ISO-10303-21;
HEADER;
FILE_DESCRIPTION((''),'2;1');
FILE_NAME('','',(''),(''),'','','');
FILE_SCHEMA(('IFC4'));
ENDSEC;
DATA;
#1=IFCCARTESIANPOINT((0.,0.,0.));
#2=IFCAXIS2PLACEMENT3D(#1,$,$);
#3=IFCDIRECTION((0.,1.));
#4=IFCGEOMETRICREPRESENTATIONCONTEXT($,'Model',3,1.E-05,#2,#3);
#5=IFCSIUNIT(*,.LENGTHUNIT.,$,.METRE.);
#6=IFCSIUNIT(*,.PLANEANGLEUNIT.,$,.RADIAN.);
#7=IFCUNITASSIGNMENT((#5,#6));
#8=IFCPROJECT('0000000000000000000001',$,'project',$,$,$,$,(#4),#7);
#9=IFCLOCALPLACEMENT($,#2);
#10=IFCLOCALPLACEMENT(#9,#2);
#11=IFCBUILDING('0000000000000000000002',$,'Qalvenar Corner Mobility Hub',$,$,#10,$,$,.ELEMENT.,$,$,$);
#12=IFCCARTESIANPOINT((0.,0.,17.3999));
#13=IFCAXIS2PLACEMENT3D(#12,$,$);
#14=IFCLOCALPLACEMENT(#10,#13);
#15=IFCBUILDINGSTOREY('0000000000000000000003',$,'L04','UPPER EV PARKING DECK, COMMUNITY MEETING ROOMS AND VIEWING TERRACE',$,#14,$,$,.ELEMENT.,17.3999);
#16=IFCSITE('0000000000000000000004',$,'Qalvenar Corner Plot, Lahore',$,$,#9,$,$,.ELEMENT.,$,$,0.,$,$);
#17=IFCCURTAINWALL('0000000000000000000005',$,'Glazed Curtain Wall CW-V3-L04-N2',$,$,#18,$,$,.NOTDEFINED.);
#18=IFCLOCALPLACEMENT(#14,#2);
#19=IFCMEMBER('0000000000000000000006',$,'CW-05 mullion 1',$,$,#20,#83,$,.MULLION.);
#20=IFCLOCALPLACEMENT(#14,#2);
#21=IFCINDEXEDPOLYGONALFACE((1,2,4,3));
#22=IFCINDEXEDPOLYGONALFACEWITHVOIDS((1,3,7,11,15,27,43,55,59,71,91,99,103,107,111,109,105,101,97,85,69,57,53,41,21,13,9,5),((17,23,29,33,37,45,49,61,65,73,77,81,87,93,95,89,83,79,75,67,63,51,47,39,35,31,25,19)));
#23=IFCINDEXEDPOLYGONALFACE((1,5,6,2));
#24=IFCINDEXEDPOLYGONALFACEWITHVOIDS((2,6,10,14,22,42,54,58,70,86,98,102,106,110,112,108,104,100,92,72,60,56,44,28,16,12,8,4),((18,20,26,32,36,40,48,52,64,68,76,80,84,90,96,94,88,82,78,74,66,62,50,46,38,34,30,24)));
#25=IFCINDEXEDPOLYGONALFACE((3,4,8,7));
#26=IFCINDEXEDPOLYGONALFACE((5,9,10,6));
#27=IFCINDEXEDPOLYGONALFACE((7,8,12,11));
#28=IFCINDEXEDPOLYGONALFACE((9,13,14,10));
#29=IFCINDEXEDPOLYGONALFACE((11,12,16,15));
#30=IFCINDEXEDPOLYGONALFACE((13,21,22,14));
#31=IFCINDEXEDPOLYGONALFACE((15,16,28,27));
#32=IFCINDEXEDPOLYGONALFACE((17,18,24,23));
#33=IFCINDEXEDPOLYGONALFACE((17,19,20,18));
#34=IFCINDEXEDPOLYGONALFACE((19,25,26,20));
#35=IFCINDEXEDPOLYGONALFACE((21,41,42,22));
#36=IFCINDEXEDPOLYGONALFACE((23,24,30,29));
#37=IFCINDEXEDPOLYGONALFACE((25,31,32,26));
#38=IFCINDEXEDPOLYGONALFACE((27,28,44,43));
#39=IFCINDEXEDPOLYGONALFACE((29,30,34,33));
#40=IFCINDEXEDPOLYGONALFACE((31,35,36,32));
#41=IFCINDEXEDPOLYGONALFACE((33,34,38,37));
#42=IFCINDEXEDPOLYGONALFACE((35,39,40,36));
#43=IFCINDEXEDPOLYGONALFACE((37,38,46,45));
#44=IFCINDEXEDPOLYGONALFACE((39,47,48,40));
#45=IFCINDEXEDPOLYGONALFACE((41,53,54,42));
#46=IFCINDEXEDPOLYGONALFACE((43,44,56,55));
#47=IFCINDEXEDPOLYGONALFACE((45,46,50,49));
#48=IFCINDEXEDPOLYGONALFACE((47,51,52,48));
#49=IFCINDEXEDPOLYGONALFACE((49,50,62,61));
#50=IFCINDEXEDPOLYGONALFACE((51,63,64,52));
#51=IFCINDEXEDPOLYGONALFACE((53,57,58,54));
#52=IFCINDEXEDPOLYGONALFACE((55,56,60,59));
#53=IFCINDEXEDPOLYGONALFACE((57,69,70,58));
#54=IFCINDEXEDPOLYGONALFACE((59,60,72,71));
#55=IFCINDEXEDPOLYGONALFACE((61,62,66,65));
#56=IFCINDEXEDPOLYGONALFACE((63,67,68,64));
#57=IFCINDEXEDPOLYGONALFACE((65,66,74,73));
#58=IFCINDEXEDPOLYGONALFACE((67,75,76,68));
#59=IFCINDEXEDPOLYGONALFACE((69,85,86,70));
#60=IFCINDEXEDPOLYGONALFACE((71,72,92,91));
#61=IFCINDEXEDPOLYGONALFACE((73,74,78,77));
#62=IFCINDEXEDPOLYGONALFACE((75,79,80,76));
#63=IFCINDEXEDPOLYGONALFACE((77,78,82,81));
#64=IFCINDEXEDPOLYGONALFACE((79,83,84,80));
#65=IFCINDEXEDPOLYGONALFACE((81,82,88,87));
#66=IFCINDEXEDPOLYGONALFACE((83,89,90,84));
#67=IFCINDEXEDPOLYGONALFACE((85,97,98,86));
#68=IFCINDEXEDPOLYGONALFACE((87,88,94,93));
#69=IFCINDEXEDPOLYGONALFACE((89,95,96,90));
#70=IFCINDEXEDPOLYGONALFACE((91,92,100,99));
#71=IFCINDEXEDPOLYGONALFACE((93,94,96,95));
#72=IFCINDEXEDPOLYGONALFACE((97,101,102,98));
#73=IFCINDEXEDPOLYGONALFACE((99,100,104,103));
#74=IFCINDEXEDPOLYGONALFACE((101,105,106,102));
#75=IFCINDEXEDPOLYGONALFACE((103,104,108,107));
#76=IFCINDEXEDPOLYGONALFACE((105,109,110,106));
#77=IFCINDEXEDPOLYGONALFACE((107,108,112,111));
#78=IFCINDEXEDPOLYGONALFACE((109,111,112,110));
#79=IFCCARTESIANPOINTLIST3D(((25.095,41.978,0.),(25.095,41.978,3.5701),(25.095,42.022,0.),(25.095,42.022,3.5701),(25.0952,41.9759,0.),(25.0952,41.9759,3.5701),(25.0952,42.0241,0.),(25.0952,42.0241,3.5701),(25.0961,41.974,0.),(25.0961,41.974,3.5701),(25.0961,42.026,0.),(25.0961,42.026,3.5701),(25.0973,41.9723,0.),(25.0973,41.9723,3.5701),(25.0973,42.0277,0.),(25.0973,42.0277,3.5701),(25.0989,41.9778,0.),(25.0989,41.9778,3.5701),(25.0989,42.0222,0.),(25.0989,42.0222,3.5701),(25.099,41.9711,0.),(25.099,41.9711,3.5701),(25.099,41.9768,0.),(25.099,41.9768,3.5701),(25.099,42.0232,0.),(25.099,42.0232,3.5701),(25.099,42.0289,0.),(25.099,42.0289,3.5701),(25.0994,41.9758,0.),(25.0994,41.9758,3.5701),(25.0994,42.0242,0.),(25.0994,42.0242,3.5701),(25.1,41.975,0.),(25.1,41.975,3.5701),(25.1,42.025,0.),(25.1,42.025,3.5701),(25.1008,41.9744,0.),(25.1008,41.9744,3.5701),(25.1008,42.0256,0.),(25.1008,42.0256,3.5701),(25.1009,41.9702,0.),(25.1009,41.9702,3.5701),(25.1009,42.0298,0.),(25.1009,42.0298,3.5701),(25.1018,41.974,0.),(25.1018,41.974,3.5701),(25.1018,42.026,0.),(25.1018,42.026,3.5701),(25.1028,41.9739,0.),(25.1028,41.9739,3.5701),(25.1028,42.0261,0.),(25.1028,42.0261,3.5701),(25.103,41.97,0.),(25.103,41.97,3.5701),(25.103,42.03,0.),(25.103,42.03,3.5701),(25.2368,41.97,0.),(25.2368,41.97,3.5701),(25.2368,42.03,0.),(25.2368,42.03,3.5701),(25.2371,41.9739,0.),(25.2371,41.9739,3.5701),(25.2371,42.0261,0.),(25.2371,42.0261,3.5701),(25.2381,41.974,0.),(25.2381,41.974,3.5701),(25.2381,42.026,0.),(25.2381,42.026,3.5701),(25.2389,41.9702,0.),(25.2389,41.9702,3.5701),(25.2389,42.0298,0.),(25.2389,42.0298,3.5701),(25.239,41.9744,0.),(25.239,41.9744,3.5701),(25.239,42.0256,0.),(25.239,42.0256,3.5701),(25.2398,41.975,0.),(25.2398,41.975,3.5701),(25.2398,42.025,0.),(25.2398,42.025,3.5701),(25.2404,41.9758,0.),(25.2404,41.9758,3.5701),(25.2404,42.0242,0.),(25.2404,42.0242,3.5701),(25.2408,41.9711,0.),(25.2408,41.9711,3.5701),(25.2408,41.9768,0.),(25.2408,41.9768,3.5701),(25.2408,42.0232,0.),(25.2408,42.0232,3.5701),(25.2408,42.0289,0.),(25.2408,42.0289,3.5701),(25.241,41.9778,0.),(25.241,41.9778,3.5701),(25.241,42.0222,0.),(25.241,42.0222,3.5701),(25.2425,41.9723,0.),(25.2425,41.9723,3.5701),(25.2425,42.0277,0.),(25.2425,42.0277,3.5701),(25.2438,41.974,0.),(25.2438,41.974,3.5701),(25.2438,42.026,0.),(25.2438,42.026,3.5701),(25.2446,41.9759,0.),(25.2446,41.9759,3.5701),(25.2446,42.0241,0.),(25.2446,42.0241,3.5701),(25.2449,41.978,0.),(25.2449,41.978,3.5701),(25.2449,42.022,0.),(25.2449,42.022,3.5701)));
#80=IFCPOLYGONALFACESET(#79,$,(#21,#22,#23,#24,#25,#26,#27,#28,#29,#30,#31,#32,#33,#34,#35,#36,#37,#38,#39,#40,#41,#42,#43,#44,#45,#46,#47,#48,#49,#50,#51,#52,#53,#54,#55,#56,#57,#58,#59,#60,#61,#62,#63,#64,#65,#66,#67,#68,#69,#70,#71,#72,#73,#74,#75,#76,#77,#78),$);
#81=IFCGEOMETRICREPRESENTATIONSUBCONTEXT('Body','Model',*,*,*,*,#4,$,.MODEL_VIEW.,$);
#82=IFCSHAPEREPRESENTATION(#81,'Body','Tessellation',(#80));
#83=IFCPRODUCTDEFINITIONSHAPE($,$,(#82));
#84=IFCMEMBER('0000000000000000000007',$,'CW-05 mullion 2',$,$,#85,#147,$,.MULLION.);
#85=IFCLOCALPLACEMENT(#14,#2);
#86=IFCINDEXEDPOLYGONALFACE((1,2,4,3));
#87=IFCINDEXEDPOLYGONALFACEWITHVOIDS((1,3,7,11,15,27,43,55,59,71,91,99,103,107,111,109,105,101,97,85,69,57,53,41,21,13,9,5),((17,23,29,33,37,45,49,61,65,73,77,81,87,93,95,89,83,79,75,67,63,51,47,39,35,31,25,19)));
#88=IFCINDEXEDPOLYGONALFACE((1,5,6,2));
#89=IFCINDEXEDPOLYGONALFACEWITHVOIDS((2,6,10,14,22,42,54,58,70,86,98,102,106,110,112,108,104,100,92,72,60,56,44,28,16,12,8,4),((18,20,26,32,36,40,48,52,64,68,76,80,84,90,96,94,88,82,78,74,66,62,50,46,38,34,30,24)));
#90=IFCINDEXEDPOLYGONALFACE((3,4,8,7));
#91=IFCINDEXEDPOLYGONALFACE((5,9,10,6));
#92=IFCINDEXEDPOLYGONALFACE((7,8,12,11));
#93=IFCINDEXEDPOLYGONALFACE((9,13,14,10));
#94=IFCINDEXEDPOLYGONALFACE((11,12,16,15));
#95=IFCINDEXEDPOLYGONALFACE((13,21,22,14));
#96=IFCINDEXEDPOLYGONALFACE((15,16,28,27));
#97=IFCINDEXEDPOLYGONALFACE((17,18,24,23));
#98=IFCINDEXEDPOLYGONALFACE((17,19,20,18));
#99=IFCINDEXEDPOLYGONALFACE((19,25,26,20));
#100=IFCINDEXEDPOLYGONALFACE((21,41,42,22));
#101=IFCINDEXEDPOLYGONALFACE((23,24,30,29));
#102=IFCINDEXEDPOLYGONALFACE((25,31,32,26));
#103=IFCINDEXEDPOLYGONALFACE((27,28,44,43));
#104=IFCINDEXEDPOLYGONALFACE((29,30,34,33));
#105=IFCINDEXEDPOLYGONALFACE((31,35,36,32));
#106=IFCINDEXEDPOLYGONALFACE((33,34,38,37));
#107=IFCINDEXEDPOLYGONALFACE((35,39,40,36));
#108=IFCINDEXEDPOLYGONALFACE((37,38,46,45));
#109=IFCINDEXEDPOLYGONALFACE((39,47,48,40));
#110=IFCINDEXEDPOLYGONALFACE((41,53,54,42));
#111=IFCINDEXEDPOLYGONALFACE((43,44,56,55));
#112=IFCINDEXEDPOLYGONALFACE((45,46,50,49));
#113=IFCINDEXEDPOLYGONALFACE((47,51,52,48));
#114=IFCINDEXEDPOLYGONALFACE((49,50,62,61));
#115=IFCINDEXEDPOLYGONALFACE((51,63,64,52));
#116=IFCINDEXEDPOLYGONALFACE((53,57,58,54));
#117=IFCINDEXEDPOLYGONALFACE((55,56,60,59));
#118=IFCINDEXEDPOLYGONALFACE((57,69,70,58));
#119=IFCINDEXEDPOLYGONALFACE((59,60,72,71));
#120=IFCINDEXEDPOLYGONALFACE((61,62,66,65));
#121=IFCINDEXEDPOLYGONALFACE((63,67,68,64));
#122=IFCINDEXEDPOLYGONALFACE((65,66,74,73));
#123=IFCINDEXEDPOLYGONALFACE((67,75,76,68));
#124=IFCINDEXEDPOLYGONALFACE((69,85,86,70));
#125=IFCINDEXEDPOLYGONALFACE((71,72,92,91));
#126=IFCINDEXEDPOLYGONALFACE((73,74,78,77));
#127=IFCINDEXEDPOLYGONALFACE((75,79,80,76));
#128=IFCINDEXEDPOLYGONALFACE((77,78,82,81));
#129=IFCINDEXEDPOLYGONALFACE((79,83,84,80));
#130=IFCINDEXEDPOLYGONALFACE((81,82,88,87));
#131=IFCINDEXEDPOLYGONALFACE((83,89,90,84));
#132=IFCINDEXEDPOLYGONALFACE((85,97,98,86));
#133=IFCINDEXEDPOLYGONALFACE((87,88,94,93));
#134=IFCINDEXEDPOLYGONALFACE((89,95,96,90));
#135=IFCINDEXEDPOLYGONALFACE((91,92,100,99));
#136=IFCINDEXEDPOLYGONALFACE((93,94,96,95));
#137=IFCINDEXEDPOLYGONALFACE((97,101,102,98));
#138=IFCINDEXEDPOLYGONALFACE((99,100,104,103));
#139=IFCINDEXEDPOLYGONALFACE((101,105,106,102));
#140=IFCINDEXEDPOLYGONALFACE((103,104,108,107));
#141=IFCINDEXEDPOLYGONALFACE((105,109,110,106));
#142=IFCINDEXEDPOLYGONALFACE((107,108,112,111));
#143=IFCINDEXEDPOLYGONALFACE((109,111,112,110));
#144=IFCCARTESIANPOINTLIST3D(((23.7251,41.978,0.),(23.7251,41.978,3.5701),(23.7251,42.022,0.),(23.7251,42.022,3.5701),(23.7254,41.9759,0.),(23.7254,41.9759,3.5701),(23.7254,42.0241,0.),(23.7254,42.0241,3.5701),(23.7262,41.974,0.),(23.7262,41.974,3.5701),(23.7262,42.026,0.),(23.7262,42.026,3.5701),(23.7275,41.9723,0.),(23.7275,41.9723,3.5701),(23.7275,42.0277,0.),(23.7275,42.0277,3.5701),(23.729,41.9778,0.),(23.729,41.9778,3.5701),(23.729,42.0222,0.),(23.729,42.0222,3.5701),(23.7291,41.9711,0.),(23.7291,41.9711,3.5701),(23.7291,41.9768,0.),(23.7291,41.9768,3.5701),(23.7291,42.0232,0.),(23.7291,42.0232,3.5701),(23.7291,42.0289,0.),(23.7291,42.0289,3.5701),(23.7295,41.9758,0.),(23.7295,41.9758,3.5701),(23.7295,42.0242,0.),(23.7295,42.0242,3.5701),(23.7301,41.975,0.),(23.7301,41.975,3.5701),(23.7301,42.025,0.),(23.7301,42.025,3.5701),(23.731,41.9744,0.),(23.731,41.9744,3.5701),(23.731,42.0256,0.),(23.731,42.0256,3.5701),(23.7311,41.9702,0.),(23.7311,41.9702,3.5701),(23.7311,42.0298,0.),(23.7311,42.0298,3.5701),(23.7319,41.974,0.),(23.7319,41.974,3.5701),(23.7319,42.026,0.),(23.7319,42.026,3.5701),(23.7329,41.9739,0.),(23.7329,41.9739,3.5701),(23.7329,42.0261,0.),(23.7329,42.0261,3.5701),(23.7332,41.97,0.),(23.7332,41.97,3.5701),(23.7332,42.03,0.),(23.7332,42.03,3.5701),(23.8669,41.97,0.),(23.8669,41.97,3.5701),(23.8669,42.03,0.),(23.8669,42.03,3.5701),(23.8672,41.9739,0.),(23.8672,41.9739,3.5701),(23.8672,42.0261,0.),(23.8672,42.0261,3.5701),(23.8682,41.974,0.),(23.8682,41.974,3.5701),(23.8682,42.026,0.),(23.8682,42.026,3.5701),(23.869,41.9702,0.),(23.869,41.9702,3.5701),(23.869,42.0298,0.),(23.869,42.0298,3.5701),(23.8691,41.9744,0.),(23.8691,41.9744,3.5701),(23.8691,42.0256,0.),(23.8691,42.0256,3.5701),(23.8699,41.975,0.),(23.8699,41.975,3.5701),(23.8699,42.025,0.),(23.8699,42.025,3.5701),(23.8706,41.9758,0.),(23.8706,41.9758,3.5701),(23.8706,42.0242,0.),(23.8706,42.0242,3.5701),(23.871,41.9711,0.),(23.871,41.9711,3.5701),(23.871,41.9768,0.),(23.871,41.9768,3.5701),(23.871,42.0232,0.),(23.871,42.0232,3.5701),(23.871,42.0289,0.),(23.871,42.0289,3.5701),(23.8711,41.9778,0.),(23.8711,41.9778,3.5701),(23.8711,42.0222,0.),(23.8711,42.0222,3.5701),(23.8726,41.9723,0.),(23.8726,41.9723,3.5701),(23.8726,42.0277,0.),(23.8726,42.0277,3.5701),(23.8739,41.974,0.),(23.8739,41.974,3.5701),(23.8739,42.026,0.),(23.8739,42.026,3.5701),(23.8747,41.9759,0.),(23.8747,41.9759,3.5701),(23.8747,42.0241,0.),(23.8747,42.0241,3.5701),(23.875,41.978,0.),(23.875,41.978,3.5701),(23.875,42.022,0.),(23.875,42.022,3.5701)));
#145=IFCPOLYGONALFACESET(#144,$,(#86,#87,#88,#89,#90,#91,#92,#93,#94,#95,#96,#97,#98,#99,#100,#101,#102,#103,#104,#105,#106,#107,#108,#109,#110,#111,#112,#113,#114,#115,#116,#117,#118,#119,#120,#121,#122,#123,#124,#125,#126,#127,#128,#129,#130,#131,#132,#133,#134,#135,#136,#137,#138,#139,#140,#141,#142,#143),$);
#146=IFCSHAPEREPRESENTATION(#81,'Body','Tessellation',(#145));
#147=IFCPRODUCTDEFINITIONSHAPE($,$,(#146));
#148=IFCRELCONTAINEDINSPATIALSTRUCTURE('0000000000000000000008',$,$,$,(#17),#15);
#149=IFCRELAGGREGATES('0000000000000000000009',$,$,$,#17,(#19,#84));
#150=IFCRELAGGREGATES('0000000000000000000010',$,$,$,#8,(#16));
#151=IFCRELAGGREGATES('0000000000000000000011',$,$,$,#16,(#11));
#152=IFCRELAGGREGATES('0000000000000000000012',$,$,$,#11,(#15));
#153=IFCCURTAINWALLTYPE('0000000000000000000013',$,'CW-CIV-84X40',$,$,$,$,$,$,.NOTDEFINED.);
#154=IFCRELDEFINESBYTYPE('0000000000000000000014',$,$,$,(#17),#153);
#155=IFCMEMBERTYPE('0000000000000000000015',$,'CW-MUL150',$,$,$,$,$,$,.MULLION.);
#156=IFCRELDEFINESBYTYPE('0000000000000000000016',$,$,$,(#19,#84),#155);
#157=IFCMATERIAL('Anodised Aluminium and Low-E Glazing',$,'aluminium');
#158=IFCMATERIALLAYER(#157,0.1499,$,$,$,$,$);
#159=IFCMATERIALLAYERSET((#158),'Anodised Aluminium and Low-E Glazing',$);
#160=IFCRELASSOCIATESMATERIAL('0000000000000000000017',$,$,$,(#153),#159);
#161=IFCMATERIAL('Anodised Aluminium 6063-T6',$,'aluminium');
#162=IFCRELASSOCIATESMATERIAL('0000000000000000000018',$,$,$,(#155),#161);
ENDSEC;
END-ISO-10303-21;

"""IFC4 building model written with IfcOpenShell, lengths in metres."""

from ifc_helpers import new_model, si_unit, direction, frame, origin, origin_2d, place, context, subcontext, project, spatial, hollow_rectangle, extrude, material, layer, layer_set, material_profile, profile_set, type_object, element, aggregate, save


model = new_model("IFC4")

# Units and contexts
model_context = context("Model", 3, precision=1e-05, world=origin(), true_north=direction((0.0, 1.0)))
body_context = subcontext(model_context, "Body", "Model", "MODEL_VIEW")
ifc_project = project(units=[si_unit("LENGTHUNIT", "METRE"), si_unit("PLANEANGLEUNIT", "RADIAN")], contexts=[model_context])

# Site, building, storey
site_placement = place(None, origin())
site = spatial("IfcSite", under=ifc_project, at=site_placement, Name="Qalvenar Corner Plot, Lahore", CompositionType="ELEMENT", RefElevation=0.0)
building_placement = place(site_placement, origin())
building = spatial("IfcBuilding", under=site, at=building_placement, Name="Qalvenar Corner Mobility Hub", CompositionType="ELEMENT")
storey_placement = place(building_placement, frame((0.0, 0.0, 17.3999)))
storey = spatial("IfcBuildingStorey", under=building, at=storey_placement, Name="L04", Description="UPPER EV PARKING DECK, COMMUNITY MEETING ROOMS AND VIEWING TERRACE", CompositionType="ELEMENT", Elevation=17.3999)

# Curtain wall, members
ifc_material_1 = material(Name="Anodised Aluminium and Low-E Glazing", Category="aluminium")
ifc_layer_1 = layer(ifc_material_1, 0.1499)
ifc_layer_set_1 = layer_set([ifc_layer_1], Name="Anodised Aluminium and Low-E Glazing")
curtain_wall_type = type_object("IfcCurtainWallType", Name="CW-CIV-84X40", PredefinedType="NOTDEFINED", material=ifc_layer_set_1)
curtain_wall_1_placement = place(storey_placement, origin())
curtain_wall_1 = element("IfcCurtainWall", 1, at=curtain_wall_1_placement, inside=storey, type_object=curtain_wall_type, Name="Glazed Curtain Wall CW-V3-L04-N2", PredefinedType="NOTDEFINED")
ifc_material_2 = material(Name="Anodised Aluminium 6063-T6", Category="aluminium")
ifc_material_profile_1 = material_profile(ifc_material_2, hollow_rectangle(XDim=0.0601, YDim=0.1499, WallThickness=0.0039, InnerFilletRadius=0.0039, OuterFilletRadius=0.0081, at=origin_2d()), Name="RHS150x60x4")
ifc_profile_set_1 = profile_set([ifc_material_profile_1], Name="Anodised Aluminium 6063-T6")
member_type_1 = type_object("IfcMemberType", Name="CW-MUL150", PredefinedType="MULLION", material=ifc_profile_set_1)
member_1_placement = place(storey_placement, frame((25.1699, 42.0, 0.0), z_axis=(0.0, 0.0, 1.0), x_axis=(0.0, -1.0, 0.0)))
member_1 = element("IfcMember", 2, at=member_1_placement, type_object=member_type_1, Name="CW-05 mullion 1", PredefinedType="MULLION", context=body_context, shape_type="SweptSolid", body=[
    extrude(hollow_rectangle(XDim=0.0601, YDim=0.1499, WallThickness=0.0039, InnerFilletRadius=0.0039, OuterFilletRadius=0.0081, at=origin_2d()), origin(), (0.0, 0.0, 1.0), 3.5701),
])
member_2_placement = place(storey_placement, frame((23.8, 42.0, 0.0), z_axis=(0.0, 0.0, 1.0), x_axis=(0.0, -1.0, 0.0)))
member_2 = element("IfcMember", 3, at=member_2_placement, type_object=member_type_1, Name="CW-05 mullion 2", PredefinedType="MULLION", context=body_context, shape_type="SweptSolid", body=[
    extrude(hollow_rectangle(XDim=0.0601, YDim=0.1499, WallThickness=0.0039, InnerFilletRadius=0.0039, OuterFilletRadius=0.0081, at=origin_2d()), origin(), (0.0, 0.0, 1.0), 3.5701),
])

aggregate(curtain_wall_1, [member_1, member_2])

save(model, "model.ifc")
